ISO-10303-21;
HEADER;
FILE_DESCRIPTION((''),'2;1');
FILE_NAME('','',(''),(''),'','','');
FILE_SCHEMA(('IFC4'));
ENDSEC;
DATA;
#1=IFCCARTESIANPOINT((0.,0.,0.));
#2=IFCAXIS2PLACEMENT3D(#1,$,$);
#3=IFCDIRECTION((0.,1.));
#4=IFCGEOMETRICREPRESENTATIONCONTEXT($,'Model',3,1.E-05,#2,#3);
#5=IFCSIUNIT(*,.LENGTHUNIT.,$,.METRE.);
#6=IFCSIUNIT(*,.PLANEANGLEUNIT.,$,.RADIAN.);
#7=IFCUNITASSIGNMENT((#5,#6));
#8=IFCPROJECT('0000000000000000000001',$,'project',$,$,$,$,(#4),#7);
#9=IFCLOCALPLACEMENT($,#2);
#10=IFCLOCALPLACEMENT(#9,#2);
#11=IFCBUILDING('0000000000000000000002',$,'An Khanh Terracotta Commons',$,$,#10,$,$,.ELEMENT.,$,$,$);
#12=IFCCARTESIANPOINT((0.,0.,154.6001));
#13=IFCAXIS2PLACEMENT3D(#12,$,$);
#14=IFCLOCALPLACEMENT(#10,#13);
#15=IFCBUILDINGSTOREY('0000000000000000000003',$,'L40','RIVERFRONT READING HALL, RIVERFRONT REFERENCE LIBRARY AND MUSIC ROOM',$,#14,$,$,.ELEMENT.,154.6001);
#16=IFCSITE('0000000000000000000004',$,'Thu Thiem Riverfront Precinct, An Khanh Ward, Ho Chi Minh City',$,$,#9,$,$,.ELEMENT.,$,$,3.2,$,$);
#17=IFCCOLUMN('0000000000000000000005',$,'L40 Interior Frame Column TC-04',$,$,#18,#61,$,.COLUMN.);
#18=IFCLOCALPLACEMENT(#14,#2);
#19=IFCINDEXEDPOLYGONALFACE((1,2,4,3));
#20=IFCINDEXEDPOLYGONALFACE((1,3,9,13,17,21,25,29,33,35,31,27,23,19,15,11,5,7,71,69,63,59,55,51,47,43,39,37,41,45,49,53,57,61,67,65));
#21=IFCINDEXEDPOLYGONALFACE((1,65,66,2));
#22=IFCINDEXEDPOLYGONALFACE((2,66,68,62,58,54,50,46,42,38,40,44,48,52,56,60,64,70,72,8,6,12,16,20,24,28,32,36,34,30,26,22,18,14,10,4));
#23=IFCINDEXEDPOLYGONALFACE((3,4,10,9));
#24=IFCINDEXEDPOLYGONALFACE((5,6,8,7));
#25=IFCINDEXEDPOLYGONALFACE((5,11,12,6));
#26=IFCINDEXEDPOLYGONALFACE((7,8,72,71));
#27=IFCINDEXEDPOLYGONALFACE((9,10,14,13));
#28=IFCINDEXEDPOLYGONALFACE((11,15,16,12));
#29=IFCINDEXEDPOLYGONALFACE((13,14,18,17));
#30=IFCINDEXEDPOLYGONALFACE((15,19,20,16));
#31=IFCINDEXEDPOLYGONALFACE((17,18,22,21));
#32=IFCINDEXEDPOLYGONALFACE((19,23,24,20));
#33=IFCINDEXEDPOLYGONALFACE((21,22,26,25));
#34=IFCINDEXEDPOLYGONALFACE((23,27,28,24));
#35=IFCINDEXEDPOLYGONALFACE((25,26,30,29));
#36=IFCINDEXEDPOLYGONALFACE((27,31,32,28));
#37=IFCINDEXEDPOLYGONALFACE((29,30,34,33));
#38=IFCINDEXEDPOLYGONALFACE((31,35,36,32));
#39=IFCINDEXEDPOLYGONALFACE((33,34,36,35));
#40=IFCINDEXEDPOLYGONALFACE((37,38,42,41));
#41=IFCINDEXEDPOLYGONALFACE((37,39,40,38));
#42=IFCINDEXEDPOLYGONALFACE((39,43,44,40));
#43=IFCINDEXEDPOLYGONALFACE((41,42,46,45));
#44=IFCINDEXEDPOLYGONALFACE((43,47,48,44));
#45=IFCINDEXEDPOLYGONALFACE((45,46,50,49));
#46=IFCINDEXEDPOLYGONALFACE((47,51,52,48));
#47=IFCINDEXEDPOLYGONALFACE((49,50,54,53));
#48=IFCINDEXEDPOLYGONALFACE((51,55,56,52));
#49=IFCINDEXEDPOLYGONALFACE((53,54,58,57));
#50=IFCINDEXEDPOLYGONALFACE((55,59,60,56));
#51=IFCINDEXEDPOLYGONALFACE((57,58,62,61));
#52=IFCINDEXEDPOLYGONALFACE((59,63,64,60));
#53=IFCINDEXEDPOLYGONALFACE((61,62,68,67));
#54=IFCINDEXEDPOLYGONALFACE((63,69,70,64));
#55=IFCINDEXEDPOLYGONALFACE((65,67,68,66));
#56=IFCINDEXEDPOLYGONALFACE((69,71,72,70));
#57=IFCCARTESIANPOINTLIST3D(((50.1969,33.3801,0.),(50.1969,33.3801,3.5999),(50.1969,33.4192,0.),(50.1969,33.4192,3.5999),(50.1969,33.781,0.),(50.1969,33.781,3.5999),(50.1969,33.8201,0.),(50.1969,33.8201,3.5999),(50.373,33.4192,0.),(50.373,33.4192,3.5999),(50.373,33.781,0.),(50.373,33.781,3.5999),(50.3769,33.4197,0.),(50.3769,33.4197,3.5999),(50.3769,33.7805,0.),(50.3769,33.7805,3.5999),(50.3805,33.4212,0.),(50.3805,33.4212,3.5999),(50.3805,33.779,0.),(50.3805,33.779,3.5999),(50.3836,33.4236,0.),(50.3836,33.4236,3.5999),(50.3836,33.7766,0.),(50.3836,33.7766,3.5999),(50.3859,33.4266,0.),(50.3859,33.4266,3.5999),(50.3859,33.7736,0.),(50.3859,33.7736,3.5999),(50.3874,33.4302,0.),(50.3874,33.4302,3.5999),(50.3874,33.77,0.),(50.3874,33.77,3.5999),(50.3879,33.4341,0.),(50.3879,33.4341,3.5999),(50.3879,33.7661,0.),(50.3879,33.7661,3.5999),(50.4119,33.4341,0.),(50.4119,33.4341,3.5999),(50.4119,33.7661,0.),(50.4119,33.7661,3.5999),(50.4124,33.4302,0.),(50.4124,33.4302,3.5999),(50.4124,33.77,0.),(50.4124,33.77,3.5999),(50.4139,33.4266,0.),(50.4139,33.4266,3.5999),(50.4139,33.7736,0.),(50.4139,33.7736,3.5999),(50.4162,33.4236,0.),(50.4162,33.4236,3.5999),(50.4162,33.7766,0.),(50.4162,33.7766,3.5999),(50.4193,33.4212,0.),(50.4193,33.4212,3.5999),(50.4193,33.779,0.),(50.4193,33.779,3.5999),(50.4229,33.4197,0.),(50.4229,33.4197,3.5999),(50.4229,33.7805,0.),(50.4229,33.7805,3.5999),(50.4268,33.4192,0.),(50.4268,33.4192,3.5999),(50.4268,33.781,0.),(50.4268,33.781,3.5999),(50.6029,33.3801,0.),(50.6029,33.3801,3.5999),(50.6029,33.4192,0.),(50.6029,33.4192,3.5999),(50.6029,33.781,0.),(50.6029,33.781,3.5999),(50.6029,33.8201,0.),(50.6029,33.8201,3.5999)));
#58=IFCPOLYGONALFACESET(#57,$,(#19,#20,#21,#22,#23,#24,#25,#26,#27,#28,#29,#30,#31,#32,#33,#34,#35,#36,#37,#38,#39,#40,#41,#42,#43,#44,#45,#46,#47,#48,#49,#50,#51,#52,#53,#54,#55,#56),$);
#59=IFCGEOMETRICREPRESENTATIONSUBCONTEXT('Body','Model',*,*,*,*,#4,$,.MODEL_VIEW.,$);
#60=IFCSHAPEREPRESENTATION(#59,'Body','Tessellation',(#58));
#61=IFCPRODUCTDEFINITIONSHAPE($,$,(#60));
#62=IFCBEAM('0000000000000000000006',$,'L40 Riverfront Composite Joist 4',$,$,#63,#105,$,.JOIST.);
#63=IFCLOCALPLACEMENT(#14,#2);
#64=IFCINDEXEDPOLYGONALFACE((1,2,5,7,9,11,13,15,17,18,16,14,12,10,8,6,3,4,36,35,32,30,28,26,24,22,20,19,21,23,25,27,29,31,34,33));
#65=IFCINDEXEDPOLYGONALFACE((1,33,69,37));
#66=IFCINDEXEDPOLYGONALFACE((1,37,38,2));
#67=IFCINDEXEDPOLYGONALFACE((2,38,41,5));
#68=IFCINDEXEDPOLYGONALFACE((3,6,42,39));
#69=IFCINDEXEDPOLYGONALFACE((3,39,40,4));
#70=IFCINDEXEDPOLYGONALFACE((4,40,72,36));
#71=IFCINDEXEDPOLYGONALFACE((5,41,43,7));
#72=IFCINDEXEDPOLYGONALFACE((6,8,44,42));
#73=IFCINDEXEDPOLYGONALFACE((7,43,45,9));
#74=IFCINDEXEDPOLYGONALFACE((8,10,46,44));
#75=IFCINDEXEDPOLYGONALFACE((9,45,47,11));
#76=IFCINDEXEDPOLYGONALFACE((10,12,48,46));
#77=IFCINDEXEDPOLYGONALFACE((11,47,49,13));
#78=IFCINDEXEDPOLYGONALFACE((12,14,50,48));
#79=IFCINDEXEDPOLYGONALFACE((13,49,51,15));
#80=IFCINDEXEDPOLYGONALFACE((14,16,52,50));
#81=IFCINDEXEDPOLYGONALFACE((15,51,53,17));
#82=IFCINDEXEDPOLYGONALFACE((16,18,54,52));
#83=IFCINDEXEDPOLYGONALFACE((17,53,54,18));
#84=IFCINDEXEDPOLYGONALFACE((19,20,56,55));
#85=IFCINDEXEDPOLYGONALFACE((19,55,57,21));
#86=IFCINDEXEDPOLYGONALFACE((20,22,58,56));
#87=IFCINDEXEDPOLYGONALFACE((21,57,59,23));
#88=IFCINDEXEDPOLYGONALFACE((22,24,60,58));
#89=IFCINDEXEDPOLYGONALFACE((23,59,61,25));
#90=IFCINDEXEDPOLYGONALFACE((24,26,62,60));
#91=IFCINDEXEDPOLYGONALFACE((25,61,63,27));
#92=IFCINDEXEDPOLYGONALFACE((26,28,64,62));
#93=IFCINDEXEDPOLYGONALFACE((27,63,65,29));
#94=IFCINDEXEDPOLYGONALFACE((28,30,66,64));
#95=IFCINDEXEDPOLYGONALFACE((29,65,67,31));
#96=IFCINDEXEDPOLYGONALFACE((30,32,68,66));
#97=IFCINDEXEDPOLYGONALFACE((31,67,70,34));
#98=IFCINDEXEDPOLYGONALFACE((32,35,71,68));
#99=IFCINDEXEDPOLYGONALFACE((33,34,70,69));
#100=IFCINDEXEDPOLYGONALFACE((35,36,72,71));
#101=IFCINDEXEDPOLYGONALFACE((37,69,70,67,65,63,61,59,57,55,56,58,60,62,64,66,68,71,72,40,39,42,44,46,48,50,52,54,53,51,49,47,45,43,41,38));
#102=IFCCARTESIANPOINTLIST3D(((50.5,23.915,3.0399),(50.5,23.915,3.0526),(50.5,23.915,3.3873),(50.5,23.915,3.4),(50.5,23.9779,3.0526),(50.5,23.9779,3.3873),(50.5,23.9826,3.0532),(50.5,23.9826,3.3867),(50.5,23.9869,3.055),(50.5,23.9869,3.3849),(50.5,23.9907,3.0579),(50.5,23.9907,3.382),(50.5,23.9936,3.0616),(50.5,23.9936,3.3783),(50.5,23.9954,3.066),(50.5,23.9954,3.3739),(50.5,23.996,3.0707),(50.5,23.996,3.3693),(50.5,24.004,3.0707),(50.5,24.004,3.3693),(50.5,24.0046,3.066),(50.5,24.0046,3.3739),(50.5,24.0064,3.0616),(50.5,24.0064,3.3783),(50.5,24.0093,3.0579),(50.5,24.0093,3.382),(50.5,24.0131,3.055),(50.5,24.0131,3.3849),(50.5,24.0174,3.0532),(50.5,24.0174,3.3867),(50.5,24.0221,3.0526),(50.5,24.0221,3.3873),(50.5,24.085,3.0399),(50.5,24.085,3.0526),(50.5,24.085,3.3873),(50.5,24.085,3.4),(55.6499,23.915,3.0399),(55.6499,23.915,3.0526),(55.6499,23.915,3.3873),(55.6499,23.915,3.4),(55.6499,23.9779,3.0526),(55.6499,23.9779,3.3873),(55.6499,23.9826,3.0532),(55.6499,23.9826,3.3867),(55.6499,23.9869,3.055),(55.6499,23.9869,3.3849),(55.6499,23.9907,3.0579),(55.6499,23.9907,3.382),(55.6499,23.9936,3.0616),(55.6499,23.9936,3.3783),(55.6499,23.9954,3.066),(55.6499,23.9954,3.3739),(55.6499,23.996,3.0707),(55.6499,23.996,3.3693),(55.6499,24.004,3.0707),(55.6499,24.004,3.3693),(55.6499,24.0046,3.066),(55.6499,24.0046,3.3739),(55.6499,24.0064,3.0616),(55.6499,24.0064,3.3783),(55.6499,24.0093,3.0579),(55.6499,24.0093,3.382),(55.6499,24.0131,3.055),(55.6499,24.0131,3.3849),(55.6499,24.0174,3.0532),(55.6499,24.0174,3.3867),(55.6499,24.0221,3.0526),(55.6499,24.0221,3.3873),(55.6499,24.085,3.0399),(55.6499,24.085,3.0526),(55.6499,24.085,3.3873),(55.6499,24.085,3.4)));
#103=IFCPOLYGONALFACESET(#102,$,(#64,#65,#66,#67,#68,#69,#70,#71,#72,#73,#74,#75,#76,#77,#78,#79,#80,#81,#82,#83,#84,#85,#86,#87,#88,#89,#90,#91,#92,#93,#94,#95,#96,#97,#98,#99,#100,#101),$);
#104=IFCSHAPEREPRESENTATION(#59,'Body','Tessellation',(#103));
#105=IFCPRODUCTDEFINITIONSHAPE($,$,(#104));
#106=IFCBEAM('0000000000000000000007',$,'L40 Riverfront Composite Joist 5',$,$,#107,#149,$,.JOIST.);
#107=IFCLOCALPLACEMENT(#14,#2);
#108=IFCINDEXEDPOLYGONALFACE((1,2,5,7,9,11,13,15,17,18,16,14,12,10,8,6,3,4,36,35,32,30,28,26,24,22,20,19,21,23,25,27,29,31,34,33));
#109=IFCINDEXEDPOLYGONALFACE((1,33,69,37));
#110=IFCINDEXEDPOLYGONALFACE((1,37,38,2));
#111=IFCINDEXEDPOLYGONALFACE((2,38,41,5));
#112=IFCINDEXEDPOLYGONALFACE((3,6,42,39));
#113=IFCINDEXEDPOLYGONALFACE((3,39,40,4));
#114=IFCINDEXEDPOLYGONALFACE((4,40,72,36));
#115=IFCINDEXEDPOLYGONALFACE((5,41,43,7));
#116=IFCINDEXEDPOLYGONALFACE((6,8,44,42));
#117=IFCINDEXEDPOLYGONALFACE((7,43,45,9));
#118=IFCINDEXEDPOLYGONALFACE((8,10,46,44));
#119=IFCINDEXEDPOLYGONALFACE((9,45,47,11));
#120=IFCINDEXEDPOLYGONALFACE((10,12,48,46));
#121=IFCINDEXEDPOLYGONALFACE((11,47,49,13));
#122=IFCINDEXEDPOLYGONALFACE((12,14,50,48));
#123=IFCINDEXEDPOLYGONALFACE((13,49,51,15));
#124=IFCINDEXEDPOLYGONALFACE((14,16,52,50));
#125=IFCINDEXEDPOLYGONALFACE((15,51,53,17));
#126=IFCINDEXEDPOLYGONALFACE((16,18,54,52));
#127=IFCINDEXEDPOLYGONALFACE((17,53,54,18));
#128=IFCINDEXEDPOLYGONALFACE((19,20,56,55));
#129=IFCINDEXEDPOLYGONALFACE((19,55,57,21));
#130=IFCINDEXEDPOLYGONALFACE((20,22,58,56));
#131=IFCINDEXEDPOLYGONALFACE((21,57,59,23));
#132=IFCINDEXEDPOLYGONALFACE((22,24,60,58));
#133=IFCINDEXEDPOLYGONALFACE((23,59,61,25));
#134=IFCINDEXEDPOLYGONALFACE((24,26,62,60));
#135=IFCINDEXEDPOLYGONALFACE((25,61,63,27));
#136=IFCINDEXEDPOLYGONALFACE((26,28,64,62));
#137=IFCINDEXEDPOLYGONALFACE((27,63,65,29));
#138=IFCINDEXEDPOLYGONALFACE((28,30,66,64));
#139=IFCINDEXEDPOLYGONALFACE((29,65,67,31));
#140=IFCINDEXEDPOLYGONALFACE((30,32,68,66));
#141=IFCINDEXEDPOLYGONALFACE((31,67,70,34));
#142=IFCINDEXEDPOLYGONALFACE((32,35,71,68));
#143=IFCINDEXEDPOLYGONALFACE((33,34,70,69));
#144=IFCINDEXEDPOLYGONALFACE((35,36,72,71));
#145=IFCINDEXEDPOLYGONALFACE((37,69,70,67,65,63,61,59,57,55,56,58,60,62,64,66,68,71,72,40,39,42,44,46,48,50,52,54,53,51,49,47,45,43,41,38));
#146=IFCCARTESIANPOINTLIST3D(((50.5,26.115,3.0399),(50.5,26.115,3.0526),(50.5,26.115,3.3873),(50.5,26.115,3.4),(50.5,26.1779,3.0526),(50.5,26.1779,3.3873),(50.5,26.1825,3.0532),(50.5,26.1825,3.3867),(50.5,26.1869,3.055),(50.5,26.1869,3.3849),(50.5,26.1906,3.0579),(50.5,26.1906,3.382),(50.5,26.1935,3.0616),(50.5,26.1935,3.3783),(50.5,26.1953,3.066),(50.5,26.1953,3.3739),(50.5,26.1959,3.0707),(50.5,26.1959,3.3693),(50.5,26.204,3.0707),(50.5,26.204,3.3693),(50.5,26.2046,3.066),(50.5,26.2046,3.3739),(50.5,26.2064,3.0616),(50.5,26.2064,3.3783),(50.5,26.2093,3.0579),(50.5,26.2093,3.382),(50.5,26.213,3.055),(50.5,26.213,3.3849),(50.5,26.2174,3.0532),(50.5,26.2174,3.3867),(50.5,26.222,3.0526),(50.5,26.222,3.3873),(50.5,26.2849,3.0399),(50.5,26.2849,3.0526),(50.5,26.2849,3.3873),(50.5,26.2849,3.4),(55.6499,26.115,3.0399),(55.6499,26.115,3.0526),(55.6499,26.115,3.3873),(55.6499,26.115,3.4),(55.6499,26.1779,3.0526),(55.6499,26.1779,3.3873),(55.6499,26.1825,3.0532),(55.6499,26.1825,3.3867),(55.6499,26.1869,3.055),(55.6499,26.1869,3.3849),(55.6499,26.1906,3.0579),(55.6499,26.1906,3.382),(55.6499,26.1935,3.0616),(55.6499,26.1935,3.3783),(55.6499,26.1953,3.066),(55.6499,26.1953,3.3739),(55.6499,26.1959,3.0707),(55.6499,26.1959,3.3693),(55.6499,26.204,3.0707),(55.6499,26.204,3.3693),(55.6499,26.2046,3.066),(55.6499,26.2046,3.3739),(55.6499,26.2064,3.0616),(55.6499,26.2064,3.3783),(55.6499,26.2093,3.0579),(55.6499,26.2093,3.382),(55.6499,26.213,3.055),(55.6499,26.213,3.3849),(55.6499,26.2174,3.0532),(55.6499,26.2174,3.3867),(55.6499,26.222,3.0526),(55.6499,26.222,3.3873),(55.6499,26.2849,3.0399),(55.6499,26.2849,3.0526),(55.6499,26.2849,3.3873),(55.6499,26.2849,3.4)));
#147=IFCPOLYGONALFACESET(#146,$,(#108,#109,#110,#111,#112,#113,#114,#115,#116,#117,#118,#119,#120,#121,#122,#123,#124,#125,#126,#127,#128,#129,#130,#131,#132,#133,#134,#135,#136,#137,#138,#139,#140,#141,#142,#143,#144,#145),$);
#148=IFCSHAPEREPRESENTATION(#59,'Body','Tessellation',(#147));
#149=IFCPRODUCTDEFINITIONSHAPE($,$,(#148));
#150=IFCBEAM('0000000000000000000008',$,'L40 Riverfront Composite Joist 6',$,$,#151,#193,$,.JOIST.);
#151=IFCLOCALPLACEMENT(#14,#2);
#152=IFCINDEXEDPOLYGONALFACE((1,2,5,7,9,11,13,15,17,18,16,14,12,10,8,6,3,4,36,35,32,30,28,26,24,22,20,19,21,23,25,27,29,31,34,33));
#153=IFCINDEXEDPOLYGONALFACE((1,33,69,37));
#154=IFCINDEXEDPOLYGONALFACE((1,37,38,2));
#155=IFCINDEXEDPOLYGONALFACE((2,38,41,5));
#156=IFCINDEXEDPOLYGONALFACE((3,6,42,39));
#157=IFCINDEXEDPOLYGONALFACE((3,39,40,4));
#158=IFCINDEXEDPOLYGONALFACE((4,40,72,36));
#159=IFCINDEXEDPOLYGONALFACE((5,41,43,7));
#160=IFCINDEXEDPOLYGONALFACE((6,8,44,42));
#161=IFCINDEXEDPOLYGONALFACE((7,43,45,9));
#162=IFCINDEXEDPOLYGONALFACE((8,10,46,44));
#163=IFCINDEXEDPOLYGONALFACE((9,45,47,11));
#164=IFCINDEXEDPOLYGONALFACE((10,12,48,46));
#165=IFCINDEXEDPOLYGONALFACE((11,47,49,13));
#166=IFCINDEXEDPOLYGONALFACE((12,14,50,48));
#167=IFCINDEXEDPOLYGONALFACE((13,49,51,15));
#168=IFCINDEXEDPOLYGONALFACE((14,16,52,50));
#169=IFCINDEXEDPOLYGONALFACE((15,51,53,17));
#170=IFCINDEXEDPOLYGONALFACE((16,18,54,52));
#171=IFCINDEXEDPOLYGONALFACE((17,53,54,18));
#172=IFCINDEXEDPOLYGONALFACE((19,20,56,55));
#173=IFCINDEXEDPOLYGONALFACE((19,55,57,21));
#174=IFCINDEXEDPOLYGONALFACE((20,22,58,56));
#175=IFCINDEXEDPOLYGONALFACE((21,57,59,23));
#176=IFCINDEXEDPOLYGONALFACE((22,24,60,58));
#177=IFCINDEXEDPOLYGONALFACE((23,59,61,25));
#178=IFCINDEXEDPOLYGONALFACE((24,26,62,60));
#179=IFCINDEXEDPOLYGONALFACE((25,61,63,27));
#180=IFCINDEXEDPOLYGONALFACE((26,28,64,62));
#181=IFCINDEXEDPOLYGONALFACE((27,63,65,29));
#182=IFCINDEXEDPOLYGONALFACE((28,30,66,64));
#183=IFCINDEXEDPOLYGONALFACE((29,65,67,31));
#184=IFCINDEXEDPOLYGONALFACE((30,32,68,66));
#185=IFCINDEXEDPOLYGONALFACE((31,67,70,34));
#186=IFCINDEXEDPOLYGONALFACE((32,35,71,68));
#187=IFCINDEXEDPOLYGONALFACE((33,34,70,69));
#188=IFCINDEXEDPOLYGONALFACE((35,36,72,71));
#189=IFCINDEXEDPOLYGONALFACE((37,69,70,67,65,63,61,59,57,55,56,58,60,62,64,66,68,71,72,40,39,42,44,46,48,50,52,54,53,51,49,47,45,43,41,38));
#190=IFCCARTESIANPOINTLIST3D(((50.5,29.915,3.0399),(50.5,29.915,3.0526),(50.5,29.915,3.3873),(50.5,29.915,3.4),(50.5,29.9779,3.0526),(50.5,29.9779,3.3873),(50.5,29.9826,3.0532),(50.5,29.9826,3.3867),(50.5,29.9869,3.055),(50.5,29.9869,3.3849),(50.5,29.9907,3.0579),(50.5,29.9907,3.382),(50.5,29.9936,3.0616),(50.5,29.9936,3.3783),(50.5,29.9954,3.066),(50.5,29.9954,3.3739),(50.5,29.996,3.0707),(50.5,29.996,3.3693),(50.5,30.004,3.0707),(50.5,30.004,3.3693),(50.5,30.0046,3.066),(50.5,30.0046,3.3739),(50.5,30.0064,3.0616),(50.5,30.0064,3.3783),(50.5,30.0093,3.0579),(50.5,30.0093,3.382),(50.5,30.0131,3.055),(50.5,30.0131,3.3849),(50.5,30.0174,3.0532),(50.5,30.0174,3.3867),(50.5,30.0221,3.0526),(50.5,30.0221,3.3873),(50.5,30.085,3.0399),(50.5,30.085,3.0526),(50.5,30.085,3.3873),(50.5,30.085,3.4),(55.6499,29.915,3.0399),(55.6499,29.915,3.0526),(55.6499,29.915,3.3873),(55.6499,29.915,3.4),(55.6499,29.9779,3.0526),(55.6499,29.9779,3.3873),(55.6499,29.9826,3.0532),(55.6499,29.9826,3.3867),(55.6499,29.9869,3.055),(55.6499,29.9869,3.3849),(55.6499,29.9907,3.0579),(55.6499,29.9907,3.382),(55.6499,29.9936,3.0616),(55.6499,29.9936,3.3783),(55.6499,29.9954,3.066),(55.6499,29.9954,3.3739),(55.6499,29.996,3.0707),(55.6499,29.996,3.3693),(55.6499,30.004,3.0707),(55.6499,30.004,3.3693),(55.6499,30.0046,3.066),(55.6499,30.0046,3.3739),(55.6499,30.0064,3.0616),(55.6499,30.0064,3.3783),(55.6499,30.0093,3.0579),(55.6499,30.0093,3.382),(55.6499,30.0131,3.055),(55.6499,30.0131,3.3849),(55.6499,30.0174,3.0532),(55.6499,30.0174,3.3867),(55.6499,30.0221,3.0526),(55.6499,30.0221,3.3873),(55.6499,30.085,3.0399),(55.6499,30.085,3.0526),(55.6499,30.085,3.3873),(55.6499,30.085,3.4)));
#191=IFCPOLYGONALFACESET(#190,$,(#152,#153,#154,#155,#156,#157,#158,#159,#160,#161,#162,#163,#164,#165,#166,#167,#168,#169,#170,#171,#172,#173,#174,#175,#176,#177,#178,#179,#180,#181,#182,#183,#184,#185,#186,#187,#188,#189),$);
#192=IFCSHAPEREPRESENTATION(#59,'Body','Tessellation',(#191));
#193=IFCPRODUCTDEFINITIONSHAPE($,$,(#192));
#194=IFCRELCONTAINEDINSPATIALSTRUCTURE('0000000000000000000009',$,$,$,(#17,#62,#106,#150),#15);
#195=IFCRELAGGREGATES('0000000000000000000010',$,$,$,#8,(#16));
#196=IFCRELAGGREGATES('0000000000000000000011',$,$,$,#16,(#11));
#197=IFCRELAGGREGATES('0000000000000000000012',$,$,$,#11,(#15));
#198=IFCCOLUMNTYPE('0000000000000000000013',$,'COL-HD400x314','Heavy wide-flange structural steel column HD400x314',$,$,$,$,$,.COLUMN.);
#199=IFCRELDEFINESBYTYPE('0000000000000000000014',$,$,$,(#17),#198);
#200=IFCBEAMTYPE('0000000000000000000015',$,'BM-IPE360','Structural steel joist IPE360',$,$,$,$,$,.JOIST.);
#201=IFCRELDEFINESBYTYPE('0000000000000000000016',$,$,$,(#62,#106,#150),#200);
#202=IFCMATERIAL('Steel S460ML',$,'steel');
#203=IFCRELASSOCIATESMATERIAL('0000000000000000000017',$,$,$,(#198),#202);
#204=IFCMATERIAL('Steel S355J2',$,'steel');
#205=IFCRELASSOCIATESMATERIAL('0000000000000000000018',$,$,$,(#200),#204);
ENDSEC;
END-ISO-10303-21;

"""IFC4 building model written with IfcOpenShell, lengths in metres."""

from ifc_helpers import new_model, si_unit, direction, frame, origin, origin_2d, place, context, subcontext, project, spatial, i_section, extrude, material, material_profile, profile_set, type_object, element, save


model = new_model("IFC4")

# Units and contexts
model_context = context("Model", 3, precision=1e-05, world=origin(), true_north=direction((0.0, 1.0)))
body_context = subcontext(model_context, "Body", "Model", "MODEL_VIEW")
ifc_project = project(units=[si_unit("LENGTHUNIT", "METRE"), si_unit("PLANEANGLEUNIT", "RADIAN")], contexts=[model_context])

# Site, building, storey
site_placement = place(None, origin())
site = spatial("IfcSite", under=ifc_project, at=site_placement, Name="Thu Thiem Riverfront Precinct, An Khanh Ward, Ho Chi Minh City", CompositionType="ELEMENT", RefElevation=3.2)
building_placement = place(site_placement, origin())
building = spatial("IfcBuilding", under=site, at=building_placement, Name="An Khanh Terracotta Commons", CompositionType="ELEMENT")
storey_placement = place(building_placement, frame((0.0, 0.0, 154.6001)))
storey = spatial("IfcBuildingStorey", under=building, at=storey_placement, Name="L40", Description="RIVERFRONT READING HALL, RIVERFRONT REFERENCE LIBRARY AND MUSIC ROOM", CompositionType="ELEMENT", Elevation=154.6001)

# Column
ifc_material_1 = material(Name="Steel S460ML", Category="steel")
ifc_material_profile_1 = material_profile(ifc_material_1, i_section(OverallWidth=0.406, OverallDepth=0.4399, WebThickness=0.0239, FlangeThickness=0.0391, FilletRadius=0.0149, at=origin_2d()), Name="HD400x314")
ifc_profile_set_1 = profile_set([ifc_material_profile_1], Name="Steel S460ML")
column_type = type_object("IfcColumnType", Name="COL-HD400x314", Description="Heavy wide-flange structural steel column HD400x314", PredefinedType="COLUMN", material=ifc_profile_set_1)
column_placement = place(storey_placement, frame((50.3999, 33.6001, 0.0), z_axis=(0.0, 0.0, 1.0), x_axis=(1.0, 0.0, 0.0)))
element("IfcColumn", 1, at=column_placement, inside=storey, type_object=column_type, Name="L40 Interior Frame Column TC-04", PredefinedType="COLUMN", context=body_context, shape_type="SweptSolid", body=[
    extrude(i_section(OverallWidth=0.406, OverallDepth=0.4399, WebThickness=0.0239, FlangeThickness=0.0391, FilletRadius=0.0149, at=origin_2d()), origin(), (0.0, 0.0, 1.0), 3.5999),
])

# Beams
ifc_material_2 = material(Name="Steel S355J2", Category="steel")
ifc_material_profile_2 = material_profile(ifc_material_2, i_section(OverallWidth=0.1699, OverallDepth=0.3601, WebThickness=0.0081, FlangeThickness=0.0127, FilletRadius=0.0181, at=origin_2d()), Name="IPE360")
ifc_profile_set_2 = profile_set([ifc_material_profile_2], Name="Steel S355J2")
beam_type = type_object("IfcBeamType", Name="BM-IPE360", Description="Structural steel joist IPE360", PredefinedType="JOIST", material=ifc_profile_set_2)
for number, where, z_axis, x_axis, name in (
    (2, (50.5, 24.0, 3.22), (1.0, 0.0, 0.0), (0.0, 1.0, 0.0), "L40 Riverfront Composite Joist 4"),
    (3, (50.5, 26.2, 3.22), (1.0, 0.0, 0.0), (0.0, 1.0, 0.0), "L40 Riverfront Composite Joist 5"),
    (4, (50.5, 30.0, 3.22), (1.0, 0.0, 0.0), (0.0, 1.0, 0.0), "L40 Riverfront Composite Joist 6"),
):
    element("IfcBeam", number, at=place(storey_placement, frame(where, z_axis=z_axis, x_axis=x_axis)), inside=storey, type_object=beam_type, Name=name, PredefinedType="JOIST", context=body_context, shape_type="SweptSolid", body=[
        extrude(i_section(OverallWidth=0.1699, OverallDepth=0.3601, WebThickness=0.0081, FlangeThickness=0.0127, FilletRadius=0.0181, at=origin_2d()), origin(), (0.0, 0.0, 1.0), 5.1499),
    ])

save(model, "model.ifc")
